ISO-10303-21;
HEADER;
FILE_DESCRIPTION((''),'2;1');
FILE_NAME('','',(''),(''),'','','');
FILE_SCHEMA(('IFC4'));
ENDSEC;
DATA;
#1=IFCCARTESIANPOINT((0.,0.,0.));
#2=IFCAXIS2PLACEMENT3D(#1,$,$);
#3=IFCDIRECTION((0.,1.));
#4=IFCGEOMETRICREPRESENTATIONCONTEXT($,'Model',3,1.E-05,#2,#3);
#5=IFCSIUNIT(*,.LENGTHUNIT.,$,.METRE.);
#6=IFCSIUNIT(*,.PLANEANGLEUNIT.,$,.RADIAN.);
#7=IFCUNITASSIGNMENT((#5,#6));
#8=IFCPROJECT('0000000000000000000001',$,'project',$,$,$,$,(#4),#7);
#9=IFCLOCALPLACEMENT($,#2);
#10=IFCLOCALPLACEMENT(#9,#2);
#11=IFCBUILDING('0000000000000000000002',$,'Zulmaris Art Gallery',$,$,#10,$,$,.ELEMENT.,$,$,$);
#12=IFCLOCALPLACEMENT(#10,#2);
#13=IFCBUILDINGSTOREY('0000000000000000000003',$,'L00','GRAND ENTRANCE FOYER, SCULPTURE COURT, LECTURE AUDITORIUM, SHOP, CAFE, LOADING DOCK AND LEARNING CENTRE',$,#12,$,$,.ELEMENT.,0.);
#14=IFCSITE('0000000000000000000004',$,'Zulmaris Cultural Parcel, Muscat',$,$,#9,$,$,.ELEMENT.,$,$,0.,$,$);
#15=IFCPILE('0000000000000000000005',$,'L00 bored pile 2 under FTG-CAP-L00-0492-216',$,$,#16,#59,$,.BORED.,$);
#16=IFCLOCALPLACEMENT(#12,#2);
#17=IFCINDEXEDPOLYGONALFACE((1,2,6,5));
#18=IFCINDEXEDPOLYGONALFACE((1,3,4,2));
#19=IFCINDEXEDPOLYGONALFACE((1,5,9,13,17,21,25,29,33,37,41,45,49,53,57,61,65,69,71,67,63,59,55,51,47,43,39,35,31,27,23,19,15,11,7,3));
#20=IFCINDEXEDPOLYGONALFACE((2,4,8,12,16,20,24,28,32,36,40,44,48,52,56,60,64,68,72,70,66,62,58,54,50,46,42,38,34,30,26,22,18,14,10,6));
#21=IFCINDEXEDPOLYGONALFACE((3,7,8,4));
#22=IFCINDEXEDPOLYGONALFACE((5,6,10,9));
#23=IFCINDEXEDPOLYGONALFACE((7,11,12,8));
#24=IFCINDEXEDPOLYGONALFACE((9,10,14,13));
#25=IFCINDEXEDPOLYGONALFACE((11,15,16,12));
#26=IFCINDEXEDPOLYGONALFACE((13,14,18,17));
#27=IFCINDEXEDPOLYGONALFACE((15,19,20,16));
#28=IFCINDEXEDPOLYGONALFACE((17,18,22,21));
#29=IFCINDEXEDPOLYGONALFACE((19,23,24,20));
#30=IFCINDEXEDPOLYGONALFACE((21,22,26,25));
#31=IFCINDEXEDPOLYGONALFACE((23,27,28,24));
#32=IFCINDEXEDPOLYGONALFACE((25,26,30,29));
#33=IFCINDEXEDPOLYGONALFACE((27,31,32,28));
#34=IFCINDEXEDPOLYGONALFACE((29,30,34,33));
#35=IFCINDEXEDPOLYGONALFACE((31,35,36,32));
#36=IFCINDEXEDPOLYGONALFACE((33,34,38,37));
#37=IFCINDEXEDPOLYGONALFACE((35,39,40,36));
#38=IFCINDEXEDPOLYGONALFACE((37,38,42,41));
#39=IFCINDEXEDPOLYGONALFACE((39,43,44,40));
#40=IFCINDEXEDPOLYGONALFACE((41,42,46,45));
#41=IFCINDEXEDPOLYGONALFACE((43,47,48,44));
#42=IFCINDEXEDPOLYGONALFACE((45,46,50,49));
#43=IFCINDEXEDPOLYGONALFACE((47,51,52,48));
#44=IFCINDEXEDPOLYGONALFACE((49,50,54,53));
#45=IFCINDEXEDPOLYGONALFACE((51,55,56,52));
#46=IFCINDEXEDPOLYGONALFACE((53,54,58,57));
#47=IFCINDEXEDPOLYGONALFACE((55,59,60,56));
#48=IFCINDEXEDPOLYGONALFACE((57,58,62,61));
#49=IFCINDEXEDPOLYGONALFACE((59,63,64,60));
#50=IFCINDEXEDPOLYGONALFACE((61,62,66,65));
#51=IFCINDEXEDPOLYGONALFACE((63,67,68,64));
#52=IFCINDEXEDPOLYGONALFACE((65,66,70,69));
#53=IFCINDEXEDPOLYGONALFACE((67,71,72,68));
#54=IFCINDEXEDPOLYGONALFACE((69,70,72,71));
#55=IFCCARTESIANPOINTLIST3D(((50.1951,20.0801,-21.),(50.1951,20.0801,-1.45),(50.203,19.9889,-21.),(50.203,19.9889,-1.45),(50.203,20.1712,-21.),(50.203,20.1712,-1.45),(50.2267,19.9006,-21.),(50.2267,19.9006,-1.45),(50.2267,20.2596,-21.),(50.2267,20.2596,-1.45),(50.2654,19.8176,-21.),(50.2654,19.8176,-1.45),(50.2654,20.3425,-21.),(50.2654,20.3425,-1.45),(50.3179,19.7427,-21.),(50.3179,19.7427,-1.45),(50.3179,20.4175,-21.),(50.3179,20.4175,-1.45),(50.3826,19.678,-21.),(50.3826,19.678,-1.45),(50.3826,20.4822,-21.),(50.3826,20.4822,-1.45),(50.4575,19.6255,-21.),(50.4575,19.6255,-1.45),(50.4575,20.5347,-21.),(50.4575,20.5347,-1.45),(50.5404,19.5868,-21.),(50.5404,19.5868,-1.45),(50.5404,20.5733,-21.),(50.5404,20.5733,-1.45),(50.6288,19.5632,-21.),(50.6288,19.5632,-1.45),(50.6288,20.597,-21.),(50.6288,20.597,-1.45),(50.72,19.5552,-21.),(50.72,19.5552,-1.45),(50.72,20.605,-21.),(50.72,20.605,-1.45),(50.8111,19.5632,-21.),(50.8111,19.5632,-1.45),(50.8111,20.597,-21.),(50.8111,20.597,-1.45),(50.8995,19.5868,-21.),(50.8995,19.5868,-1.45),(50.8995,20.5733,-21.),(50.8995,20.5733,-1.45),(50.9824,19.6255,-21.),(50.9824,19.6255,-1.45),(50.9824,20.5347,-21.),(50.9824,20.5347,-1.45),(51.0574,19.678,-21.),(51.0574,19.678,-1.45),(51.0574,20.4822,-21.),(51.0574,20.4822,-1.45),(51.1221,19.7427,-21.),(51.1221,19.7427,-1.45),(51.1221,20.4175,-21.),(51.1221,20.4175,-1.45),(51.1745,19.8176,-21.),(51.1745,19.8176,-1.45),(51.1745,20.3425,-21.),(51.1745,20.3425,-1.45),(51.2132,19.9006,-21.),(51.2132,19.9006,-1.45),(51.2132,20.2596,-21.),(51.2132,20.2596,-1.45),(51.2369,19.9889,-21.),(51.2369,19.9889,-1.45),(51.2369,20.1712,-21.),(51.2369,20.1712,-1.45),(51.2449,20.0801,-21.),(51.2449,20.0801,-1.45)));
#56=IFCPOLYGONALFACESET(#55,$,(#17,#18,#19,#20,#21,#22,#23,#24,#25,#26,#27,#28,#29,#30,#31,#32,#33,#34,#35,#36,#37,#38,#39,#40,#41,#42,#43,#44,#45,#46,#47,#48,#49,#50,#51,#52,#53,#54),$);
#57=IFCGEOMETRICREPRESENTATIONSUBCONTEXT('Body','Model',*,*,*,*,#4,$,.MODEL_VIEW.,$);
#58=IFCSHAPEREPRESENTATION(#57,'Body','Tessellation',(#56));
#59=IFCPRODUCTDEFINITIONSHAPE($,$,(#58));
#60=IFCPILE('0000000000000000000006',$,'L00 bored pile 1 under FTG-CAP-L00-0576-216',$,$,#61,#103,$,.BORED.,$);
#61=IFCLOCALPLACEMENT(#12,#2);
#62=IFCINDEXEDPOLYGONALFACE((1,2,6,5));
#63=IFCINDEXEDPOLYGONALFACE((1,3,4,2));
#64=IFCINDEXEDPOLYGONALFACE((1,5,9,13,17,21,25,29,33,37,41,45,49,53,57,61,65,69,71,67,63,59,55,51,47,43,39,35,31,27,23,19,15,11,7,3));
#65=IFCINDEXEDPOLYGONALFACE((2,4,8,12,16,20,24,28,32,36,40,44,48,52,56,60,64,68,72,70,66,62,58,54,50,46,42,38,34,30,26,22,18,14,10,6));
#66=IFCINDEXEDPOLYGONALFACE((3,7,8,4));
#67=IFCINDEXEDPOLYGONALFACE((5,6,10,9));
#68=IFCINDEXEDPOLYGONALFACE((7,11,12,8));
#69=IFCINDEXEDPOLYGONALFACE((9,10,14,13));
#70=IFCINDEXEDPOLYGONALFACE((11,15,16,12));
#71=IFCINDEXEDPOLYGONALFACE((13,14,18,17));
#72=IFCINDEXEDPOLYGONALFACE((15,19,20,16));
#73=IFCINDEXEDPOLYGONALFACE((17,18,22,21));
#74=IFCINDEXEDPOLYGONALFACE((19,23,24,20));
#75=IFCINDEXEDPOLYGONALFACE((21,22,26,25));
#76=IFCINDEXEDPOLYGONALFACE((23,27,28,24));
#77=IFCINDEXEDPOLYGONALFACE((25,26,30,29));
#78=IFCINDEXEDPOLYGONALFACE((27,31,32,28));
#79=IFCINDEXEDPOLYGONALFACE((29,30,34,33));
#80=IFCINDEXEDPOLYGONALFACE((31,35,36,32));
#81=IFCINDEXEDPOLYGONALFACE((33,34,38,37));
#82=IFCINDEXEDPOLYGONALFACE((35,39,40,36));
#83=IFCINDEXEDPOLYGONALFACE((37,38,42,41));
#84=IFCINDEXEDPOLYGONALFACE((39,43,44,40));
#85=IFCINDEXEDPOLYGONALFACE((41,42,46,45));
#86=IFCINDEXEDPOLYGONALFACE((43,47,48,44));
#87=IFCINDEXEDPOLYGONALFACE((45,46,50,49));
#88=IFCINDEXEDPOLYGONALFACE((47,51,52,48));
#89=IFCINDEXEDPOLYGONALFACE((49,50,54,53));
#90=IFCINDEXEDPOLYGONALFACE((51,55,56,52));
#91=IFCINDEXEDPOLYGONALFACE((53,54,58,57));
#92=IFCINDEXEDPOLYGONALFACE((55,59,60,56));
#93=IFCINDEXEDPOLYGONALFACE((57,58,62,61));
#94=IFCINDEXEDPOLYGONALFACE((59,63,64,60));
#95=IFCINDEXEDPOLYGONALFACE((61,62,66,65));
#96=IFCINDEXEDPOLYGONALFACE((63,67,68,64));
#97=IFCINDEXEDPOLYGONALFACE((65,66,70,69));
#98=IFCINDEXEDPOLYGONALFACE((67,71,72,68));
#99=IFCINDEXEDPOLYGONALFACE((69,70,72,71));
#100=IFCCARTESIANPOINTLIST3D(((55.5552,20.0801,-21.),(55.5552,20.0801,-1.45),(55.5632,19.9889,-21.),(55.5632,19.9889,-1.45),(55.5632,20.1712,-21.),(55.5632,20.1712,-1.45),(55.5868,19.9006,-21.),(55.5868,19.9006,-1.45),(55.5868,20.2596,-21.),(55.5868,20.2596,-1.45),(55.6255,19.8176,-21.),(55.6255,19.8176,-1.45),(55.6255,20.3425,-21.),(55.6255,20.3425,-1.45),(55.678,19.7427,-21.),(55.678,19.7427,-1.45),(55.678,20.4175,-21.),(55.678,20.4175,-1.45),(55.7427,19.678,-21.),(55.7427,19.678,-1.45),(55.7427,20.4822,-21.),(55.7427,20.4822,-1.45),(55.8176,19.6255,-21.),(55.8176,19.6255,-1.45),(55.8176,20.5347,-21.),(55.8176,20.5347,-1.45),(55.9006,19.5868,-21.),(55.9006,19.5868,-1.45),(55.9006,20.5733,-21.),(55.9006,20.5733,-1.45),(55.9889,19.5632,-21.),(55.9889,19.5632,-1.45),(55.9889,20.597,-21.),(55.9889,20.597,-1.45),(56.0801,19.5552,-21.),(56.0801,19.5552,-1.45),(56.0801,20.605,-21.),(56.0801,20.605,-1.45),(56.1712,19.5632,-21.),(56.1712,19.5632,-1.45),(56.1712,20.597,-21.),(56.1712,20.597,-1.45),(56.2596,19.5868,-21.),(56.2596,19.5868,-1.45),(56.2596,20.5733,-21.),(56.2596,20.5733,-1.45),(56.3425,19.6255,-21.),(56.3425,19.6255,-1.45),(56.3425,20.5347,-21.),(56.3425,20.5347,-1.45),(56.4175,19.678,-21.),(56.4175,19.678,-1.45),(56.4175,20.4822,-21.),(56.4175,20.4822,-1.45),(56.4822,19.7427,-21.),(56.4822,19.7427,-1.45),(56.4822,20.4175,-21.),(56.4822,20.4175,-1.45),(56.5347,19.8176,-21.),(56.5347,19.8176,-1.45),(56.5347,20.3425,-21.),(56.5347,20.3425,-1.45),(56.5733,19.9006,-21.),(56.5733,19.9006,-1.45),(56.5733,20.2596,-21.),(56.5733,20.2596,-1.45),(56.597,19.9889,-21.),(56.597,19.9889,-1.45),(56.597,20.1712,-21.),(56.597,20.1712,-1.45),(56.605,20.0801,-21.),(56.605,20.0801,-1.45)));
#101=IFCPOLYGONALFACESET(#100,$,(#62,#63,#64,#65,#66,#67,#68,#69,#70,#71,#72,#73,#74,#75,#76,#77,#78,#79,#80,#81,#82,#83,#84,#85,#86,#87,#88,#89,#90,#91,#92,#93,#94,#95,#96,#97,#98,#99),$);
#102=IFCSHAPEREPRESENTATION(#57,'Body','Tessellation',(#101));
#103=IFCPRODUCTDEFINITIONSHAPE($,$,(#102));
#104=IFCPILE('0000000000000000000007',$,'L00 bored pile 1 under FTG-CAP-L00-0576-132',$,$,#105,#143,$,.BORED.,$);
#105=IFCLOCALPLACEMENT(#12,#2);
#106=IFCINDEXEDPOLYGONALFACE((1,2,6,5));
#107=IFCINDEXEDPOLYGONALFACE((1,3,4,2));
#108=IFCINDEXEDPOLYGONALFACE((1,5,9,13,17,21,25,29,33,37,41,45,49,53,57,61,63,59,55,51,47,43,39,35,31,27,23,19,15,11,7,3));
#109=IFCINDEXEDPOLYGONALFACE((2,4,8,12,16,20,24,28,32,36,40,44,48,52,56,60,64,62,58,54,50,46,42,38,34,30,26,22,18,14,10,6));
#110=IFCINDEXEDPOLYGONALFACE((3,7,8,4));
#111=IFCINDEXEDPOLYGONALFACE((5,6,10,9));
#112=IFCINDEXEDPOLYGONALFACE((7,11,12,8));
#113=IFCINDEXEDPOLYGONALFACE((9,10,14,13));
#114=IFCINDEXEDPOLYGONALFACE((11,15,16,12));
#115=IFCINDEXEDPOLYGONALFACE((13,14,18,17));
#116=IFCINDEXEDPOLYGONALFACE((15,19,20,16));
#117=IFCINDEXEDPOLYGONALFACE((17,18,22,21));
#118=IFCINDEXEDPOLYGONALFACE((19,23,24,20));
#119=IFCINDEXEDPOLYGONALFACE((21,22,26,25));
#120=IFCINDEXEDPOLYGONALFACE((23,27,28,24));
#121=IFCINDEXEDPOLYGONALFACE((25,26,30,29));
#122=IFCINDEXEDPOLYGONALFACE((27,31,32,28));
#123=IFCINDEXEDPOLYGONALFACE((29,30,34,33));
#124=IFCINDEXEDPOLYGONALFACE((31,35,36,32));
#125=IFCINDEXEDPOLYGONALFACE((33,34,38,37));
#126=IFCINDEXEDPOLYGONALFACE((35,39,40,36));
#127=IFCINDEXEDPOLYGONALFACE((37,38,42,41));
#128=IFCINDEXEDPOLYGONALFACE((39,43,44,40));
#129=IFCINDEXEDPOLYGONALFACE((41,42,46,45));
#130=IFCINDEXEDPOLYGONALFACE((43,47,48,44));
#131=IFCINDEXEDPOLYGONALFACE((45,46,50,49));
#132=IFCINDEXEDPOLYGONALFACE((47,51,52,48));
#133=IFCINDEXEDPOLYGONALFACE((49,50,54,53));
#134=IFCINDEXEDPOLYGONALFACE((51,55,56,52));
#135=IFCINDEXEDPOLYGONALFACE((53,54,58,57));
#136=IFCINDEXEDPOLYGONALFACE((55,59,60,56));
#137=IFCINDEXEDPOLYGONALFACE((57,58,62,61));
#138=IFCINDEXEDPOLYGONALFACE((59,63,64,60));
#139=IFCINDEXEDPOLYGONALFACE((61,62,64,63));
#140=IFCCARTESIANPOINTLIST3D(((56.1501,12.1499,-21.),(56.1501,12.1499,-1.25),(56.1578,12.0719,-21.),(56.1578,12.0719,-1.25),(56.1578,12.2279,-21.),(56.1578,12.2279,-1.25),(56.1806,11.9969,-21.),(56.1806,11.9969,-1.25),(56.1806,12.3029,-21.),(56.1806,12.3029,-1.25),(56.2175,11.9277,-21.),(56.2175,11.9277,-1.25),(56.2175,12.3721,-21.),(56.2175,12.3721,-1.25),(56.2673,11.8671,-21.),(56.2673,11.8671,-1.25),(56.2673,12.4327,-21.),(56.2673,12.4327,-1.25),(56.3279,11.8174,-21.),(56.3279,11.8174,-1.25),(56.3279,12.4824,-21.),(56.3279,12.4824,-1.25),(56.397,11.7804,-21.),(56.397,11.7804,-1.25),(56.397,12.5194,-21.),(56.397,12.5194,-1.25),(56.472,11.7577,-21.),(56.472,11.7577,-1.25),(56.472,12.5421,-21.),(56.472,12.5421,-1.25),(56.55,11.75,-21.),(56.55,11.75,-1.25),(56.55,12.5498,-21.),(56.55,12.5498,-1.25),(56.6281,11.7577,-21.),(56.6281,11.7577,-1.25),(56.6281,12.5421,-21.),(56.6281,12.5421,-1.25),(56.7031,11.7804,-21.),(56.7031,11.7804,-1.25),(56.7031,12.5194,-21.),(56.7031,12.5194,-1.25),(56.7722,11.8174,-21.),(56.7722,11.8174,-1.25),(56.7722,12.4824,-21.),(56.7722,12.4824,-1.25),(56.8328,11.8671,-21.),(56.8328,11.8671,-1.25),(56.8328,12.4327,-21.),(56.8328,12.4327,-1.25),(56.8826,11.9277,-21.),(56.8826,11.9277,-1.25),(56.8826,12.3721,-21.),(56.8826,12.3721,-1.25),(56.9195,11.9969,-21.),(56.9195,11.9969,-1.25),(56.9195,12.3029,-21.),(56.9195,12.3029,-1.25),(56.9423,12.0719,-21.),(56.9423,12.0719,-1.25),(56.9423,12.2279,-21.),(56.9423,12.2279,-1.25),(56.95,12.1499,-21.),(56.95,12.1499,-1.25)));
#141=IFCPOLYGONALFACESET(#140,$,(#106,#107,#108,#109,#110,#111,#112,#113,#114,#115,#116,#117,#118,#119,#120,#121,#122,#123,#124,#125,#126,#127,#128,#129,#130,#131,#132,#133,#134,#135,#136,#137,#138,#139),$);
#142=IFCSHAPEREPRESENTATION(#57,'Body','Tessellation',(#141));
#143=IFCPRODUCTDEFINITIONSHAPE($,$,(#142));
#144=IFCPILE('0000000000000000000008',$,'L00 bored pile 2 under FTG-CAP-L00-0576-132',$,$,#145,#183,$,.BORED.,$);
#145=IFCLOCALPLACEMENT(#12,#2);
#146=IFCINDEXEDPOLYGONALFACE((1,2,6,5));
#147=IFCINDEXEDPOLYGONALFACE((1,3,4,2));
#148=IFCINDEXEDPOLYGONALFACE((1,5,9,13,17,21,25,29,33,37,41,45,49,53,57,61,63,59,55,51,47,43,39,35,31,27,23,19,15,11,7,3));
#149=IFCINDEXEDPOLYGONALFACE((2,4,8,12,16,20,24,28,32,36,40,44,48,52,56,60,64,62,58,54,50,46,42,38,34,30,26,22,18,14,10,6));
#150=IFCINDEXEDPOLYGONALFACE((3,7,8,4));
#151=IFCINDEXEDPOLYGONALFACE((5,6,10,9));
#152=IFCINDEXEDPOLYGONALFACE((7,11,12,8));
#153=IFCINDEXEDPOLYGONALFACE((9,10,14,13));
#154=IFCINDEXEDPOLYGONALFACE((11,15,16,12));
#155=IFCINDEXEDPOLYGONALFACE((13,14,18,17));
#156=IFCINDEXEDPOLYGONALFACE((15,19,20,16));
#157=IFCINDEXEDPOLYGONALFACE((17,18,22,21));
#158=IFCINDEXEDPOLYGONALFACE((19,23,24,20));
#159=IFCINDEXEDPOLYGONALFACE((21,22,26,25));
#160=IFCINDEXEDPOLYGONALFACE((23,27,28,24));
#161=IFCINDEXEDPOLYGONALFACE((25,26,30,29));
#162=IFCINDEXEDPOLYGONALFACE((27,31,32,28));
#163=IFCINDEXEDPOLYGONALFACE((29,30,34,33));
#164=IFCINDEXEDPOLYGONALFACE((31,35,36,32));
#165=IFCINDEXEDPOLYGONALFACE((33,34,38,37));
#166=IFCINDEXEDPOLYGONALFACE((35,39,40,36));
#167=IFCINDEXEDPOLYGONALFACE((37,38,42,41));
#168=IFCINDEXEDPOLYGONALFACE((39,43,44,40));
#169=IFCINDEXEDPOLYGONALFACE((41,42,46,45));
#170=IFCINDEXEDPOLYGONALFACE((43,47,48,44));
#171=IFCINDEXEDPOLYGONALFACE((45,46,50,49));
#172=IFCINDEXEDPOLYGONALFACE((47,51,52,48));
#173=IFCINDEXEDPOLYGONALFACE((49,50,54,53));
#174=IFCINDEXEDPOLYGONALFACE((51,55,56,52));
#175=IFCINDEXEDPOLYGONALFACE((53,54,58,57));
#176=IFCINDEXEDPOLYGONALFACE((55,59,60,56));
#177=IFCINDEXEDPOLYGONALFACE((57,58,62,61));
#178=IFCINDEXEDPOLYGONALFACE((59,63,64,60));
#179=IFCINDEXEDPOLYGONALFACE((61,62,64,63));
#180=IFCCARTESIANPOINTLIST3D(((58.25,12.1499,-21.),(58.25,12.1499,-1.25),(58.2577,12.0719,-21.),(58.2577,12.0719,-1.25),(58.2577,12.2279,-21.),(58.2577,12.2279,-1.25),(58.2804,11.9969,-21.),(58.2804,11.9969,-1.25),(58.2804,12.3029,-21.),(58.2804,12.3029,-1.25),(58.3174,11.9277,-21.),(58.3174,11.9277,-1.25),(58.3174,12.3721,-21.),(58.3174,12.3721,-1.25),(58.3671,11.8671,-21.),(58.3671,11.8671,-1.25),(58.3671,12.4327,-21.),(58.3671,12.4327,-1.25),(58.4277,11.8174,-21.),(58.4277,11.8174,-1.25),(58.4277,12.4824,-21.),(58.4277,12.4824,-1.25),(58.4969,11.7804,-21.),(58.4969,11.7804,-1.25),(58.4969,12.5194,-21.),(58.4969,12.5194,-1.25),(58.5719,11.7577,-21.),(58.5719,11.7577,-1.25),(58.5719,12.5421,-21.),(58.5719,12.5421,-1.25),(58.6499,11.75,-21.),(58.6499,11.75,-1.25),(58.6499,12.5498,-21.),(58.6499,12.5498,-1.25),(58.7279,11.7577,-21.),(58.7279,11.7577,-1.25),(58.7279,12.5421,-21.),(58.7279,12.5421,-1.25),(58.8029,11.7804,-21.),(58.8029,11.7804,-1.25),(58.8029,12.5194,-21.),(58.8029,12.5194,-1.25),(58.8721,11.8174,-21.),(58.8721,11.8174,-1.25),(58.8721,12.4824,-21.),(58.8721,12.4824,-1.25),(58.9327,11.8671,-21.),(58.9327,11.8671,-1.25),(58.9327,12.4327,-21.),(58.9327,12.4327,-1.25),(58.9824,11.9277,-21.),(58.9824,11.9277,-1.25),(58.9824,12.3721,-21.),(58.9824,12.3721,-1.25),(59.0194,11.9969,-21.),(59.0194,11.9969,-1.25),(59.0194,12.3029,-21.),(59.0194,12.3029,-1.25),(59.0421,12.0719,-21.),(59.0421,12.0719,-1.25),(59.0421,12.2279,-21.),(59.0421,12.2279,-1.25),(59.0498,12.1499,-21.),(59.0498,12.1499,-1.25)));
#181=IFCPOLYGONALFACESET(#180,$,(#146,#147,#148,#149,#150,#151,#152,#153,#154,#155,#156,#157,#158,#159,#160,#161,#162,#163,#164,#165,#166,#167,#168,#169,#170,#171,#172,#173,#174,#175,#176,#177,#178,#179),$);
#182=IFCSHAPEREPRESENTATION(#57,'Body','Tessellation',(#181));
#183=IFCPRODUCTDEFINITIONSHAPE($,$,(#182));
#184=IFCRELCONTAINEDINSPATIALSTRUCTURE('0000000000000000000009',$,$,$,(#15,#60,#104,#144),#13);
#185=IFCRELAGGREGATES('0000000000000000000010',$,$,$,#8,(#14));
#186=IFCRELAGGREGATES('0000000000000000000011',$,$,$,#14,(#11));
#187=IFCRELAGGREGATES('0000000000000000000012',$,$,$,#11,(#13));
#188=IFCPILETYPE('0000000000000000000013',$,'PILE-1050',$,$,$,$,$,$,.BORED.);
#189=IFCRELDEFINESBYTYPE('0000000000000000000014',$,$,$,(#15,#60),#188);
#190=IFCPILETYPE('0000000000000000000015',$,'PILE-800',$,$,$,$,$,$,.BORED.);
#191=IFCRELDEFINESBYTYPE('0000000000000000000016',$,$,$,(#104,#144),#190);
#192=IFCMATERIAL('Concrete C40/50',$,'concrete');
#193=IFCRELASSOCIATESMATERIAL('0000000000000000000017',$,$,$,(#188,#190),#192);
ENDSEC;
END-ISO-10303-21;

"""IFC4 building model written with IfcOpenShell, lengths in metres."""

from ifc_helpers import new_model, si_unit, direction, frame, origin, origin_2d, place, context, subcontext, project, spatial, circle, extrude, material, material_profile, profile_set, type_object, element, save


model = new_model("IFC4")

# Units and contexts
model_context = context("Model", 3, precision=1e-05, world=origin(), true_north=direction((0.0, 1.0)))
body_context = subcontext(model_context, "Body", "Model", "MODEL_VIEW")
ifc_project = project(units=[si_unit("LENGTHUNIT", "METRE"), si_unit("PLANEANGLEUNIT", "RADIAN")], contexts=[model_context])

# Site, building, storey
site_placement = place(None, origin())
site = spatial("IfcSite", under=ifc_project, at=site_placement, Name="Zulmaris Cultural Parcel, Muscat", CompositionType="ELEMENT", RefElevation=0.0)
building_placement = place(site_placement, origin())
building = spatial("IfcBuilding", under=site, at=building_placement, Name="Zulmaris Art Gallery", CompositionType="ELEMENT")
storey_placement = place(building_placement, origin())
storey = spatial("IfcBuildingStorey", under=building, at=storey_placement, Name="L00", Description="GRAND ENTRANCE FOYER, SCULPTURE COURT, LECTURE AUDITORIUM, SHOP, CAFE, LOADING DOCK AND LEARNING CENTRE", CompositionType="ELEMENT", Elevation=0.0)

# Piles
ifc_material_1 = material(Name="Concrete C40/50", Category="concrete")
ifc_material_profile_1 = material_profile(ifc_material_1, circle(Radius=0.5249, at=origin_2d()), Name="PILE DIA 1050")
ifc_profile_set_1 = profile_set([ifc_material_profile_1], Name="Concrete C40/50")
pile_type_1 = type_object("IfcPileType", Name="PILE-1050", PredefinedType="BORED", material=ifc_profile_set_1)
for number, where, z_axis, x_axis, name in (
    (1, (50.72, 20.0801, -1.45), (0.0, 0.0, -1.0), (1.0, 0.0, 0.0), "L00 bored pile 2 under FTG-CAP-L00-0492-216"),
    (2, (56.0801, 20.0801, -1.45), (0.0, 0.0, -1.0), (1.0, 0.0, 0.0), "L00 bored pile 1 under FTG-CAP-L00-0576-216"),
):
    element("IfcPile", number, at=place(storey_placement, frame(where, z_axis=z_axis, x_axis=x_axis)), inside=storey, type_object=pile_type_1, Name=name, PredefinedType="BORED", context=body_context, shape_type="SweptSolid", body=[
        extrude(circle(Radius=0.5249, at=origin_2d()), origin(), (0.0, 0.0, 1.0), 19.55),
    ])
ifc_material_profile_2 = material_profile(ifc_material_1, circle(Radius=0.3999, at=origin_2d()), Name="PILE DIA 800")
ifc_profile_set_2 = profile_set([ifc_material_profile_2], Name="Concrete C40/50")
pile_type_2 = type_object("IfcPileType", Name="PILE-800", PredefinedType="BORED", material=ifc_profile_set_2)
for number, where, z_axis, x_axis, name in (
    (3, (56.55, 12.1499, -1.25), (0.0, 0.0, -1.0), (1.0, 0.0, 0.0), "L00 bored pile 1 under FTG-CAP-L00-0576-132"),
    (4, (58.6499, 12.1499, -1.25), (0.0, 0.0, -1.0), (1.0, 0.0, 0.0), "L00 bored pile 2 under FTG-CAP-L00-0576-132"),
):
    element("IfcPile", number, at=place(storey_placement, frame(where, z_axis=z_axis, x_axis=x_axis)), inside=storey, type_object=pile_type_2, Name=name, PredefinedType="BORED", context=body_context, shape_type="SweptSolid", body=[
        extrude(circle(Radius=0.3999, at=origin_2d()), origin(), (0.0, 0.0, 1.0), 19.75),
    ])

save(model, "model.ifc")
